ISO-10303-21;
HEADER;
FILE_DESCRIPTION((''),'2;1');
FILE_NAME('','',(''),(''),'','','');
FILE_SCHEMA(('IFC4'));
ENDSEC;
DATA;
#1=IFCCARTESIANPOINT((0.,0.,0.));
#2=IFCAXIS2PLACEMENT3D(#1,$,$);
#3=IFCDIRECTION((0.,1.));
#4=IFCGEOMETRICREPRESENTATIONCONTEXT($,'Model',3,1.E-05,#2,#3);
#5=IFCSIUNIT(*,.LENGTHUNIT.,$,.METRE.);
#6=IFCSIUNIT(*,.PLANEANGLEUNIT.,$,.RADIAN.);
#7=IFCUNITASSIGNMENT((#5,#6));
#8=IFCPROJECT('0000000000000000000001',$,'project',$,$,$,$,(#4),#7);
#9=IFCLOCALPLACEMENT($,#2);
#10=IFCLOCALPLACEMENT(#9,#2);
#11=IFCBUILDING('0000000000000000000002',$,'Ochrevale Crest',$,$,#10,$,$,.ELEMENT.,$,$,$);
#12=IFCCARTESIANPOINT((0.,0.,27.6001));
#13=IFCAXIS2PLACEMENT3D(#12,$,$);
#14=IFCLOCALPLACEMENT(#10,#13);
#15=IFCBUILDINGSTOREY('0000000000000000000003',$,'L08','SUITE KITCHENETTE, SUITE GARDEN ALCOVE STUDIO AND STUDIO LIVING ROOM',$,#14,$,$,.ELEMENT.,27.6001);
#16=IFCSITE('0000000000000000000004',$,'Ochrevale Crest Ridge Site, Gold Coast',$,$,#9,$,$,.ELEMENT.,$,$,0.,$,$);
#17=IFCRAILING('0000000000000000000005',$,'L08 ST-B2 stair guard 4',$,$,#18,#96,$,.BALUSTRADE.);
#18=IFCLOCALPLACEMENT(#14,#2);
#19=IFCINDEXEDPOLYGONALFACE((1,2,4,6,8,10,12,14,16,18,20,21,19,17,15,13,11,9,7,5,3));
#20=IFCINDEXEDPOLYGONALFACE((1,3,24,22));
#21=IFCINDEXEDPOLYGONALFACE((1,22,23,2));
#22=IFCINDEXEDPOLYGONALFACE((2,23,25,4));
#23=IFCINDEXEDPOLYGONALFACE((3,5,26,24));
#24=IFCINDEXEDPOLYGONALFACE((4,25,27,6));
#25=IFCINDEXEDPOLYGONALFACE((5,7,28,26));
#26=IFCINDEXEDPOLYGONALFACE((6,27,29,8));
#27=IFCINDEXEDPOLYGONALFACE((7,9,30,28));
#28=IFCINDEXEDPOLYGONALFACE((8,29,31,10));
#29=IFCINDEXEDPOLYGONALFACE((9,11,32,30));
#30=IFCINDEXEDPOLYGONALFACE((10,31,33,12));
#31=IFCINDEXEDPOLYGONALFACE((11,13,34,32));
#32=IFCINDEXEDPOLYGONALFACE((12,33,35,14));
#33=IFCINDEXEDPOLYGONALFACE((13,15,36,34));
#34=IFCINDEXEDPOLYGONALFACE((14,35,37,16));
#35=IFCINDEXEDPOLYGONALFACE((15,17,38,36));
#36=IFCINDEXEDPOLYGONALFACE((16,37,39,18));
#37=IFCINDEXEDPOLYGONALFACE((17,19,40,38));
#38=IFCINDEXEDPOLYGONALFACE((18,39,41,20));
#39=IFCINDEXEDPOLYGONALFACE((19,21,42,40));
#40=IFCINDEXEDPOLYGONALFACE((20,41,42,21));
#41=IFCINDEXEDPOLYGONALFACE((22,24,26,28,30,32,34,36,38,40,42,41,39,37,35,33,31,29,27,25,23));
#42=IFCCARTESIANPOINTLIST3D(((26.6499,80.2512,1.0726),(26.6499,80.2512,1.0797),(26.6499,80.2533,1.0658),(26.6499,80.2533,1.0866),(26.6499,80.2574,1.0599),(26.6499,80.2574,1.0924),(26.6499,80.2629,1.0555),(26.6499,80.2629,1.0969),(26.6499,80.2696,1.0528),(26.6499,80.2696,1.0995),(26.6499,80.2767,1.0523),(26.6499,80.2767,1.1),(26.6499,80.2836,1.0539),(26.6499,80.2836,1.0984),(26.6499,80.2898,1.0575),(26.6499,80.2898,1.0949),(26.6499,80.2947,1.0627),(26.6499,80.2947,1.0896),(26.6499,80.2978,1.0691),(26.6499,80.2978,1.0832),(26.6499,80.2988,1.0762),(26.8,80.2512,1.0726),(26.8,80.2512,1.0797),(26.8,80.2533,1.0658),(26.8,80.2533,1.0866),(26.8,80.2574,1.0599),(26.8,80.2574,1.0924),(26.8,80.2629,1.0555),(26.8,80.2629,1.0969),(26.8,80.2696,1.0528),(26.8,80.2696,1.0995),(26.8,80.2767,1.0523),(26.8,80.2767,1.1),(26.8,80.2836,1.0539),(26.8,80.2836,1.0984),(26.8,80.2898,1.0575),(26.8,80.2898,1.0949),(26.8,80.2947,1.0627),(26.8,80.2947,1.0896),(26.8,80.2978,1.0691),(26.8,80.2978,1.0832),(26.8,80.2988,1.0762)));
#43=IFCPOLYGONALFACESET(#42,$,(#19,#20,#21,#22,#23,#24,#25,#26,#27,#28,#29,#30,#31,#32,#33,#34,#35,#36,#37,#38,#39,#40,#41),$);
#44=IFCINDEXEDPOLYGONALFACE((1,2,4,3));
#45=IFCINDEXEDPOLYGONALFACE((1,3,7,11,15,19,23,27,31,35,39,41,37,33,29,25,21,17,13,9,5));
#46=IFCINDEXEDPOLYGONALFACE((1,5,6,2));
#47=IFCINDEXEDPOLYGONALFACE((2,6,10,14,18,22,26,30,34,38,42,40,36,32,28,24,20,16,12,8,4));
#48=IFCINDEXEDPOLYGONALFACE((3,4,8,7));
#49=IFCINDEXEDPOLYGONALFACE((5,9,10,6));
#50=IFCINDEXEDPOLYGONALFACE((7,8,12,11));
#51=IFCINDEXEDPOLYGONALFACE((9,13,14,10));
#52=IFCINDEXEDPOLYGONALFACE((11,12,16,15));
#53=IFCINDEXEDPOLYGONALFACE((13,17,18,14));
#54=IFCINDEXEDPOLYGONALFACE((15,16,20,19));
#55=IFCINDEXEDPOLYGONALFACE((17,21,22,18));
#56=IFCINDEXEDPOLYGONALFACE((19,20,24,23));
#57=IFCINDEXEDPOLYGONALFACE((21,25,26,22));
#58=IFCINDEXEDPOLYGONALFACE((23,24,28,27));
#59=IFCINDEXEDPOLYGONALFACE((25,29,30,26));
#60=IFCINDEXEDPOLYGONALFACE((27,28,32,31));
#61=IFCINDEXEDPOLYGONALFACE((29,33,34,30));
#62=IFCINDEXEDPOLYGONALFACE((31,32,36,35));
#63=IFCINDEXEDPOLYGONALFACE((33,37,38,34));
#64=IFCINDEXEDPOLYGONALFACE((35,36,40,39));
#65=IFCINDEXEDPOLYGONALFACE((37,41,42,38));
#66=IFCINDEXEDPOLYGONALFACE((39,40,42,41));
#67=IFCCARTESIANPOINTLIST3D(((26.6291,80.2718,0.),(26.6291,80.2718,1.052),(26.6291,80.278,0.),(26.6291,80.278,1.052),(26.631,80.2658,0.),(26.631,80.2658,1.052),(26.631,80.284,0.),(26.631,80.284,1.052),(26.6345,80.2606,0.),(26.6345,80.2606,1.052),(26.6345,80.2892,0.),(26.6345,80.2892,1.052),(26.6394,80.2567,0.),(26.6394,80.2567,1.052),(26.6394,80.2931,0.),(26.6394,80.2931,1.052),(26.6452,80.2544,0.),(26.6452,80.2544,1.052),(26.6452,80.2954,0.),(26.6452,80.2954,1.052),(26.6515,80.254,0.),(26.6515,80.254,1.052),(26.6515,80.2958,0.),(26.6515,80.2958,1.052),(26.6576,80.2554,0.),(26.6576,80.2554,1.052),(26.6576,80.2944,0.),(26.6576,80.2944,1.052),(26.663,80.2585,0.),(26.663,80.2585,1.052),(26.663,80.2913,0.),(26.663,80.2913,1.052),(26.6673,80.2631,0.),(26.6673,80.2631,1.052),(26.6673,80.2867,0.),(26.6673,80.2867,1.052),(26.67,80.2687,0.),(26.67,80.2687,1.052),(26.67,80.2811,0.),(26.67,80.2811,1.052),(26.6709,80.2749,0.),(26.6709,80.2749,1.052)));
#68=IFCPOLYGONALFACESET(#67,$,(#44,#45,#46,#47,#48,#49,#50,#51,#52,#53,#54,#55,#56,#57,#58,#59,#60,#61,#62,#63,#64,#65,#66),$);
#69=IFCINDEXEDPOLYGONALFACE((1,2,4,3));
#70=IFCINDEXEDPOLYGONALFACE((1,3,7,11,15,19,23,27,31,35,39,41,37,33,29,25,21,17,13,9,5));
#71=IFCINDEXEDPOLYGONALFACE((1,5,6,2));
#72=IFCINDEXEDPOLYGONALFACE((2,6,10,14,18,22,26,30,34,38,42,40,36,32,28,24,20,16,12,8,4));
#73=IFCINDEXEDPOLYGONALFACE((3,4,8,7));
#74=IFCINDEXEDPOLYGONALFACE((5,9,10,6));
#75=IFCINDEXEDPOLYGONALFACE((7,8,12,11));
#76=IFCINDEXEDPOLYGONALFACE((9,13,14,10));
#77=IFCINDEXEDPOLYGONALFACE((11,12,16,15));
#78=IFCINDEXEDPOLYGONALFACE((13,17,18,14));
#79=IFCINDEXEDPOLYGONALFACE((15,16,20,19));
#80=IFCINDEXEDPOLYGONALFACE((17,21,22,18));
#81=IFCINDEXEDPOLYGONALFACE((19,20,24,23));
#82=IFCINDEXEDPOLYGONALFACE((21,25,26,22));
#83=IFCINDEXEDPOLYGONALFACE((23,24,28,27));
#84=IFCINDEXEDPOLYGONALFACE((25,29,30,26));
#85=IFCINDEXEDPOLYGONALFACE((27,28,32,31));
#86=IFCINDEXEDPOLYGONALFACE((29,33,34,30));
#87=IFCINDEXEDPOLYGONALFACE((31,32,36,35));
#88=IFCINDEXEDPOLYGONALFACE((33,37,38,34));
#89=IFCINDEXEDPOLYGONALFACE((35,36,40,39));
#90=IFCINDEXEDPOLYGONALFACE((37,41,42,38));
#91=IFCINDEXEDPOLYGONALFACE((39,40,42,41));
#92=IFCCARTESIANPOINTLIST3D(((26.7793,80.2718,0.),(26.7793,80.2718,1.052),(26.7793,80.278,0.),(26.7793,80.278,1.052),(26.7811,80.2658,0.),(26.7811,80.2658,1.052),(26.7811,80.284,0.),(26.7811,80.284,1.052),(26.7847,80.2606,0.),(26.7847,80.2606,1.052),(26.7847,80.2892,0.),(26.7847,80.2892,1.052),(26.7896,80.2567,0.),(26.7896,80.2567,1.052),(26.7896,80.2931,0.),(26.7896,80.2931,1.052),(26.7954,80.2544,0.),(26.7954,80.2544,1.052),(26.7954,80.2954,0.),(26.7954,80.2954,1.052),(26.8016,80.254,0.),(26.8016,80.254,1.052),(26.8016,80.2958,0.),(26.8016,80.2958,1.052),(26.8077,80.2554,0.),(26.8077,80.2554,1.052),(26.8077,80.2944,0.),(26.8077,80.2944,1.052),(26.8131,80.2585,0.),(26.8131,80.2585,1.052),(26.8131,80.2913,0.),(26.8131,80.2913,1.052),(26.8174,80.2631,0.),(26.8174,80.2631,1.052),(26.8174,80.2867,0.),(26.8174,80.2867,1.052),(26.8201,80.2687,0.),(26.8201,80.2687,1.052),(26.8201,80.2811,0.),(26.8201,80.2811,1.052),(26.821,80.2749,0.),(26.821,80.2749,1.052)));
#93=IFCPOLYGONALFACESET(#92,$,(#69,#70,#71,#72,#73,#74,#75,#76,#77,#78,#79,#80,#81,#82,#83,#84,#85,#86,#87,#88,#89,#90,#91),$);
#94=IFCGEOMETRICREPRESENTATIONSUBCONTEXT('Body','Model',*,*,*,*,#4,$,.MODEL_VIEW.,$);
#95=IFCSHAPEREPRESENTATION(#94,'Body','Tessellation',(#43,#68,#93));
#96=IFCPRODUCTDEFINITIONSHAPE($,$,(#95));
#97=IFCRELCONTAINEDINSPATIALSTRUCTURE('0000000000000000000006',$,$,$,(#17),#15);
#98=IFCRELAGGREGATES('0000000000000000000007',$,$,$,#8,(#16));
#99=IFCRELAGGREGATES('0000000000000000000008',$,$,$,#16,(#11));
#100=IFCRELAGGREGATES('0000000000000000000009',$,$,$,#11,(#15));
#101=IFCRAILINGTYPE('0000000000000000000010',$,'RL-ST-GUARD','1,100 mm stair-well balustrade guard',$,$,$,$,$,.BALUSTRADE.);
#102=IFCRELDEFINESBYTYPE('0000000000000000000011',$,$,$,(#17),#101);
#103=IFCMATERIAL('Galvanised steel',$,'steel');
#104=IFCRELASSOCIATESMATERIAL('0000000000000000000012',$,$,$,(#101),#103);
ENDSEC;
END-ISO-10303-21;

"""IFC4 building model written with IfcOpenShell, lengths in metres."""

from ifc_helpers import new_model, si_unit, direction, frame, origin, origin_2d, place, context, subcontext, project, spatial, circle, extrude, material, type_object, element, save


model = new_model("IFC4")

# Units and contexts
model_context = context("Model", 3, precision=1e-05, world=origin(), true_north=direction((0.0, 1.0)))
body_context = subcontext(model_context, "Body", "Model", "MODEL_VIEW")
ifc_project = project(units=[si_unit("LENGTHUNIT", "METRE"), si_unit("PLANEANGLEUNIT", "RADIAN")], contexts=[model_context])

# Site, building, storey
site_placement = place(None, origin())
site = spatial("IfcSite", under=ifc_project, at=site_placement, Name="Ochrevale Crest Ridge Site, Gold Coast", CompositionType="ELEMENT", RefElevation=0.0)
building_placement = place(site_placement, origin())
building = spatial("IfcBuilding", under=site, at=building_placement, Name="Ochrevale Crest", CompositionType="ELEMENT")
storey_placement = place(building_placement, frame((0.0, 0.0, 27.6001)))
storey = spatial("IfcBuildingStorey", under=building, at=storey_placement, Name="L08", Description="SUITE KITCHENETTE, SUITE GARDEN ALCOVE STUDIO AND STUDIO LIVING ROOM", CompositionType="ELEMENT", Elevation=27.6001)

# Railing
ifc_material_1 = material(Name="Galvanised steel", Category="steel")
railing_type_1 = type_object("IfcRailingType", Name="RL-ST-GUARD", Description="1,100 mm stair-well balustrade guard", PredefinedType="BALUSTRADE", material=ifc_material_1)
railing_1_placement = place(storey_placement, frame((26.6499, 80.2749, 0.0)))
element("IfcRailing", 1, at=railing_1_placement, inside=storey, type_object=railing_type_1, Name="L08 ST-B2 stair guard 4", PredefinedType="BALUSTRADE", context=body_context, shape_type="SweptSolid", body=[
    extrude(circle(Radius=0.0239, at=origin_2d()), frame((0.0, 0.0, 1.0762), z_axis=(1.0, 0.0, 0.0), x_axis=(0.0, 1.0, 0.0)), (0.0, 0.0, 1.0), 0.1501),
    extrude(circle(Radius=0.021, at=origin_2d()), origin(), (0.0, 0.0, 1.0), 1.052),
    extrude(circle(Radius=0.021, at=origin_2d()), frame((0.1501, 0.0, 0.0)), (0.0, 0.0, 1.0), 1.052),
])

save(model, "model.ifc")
